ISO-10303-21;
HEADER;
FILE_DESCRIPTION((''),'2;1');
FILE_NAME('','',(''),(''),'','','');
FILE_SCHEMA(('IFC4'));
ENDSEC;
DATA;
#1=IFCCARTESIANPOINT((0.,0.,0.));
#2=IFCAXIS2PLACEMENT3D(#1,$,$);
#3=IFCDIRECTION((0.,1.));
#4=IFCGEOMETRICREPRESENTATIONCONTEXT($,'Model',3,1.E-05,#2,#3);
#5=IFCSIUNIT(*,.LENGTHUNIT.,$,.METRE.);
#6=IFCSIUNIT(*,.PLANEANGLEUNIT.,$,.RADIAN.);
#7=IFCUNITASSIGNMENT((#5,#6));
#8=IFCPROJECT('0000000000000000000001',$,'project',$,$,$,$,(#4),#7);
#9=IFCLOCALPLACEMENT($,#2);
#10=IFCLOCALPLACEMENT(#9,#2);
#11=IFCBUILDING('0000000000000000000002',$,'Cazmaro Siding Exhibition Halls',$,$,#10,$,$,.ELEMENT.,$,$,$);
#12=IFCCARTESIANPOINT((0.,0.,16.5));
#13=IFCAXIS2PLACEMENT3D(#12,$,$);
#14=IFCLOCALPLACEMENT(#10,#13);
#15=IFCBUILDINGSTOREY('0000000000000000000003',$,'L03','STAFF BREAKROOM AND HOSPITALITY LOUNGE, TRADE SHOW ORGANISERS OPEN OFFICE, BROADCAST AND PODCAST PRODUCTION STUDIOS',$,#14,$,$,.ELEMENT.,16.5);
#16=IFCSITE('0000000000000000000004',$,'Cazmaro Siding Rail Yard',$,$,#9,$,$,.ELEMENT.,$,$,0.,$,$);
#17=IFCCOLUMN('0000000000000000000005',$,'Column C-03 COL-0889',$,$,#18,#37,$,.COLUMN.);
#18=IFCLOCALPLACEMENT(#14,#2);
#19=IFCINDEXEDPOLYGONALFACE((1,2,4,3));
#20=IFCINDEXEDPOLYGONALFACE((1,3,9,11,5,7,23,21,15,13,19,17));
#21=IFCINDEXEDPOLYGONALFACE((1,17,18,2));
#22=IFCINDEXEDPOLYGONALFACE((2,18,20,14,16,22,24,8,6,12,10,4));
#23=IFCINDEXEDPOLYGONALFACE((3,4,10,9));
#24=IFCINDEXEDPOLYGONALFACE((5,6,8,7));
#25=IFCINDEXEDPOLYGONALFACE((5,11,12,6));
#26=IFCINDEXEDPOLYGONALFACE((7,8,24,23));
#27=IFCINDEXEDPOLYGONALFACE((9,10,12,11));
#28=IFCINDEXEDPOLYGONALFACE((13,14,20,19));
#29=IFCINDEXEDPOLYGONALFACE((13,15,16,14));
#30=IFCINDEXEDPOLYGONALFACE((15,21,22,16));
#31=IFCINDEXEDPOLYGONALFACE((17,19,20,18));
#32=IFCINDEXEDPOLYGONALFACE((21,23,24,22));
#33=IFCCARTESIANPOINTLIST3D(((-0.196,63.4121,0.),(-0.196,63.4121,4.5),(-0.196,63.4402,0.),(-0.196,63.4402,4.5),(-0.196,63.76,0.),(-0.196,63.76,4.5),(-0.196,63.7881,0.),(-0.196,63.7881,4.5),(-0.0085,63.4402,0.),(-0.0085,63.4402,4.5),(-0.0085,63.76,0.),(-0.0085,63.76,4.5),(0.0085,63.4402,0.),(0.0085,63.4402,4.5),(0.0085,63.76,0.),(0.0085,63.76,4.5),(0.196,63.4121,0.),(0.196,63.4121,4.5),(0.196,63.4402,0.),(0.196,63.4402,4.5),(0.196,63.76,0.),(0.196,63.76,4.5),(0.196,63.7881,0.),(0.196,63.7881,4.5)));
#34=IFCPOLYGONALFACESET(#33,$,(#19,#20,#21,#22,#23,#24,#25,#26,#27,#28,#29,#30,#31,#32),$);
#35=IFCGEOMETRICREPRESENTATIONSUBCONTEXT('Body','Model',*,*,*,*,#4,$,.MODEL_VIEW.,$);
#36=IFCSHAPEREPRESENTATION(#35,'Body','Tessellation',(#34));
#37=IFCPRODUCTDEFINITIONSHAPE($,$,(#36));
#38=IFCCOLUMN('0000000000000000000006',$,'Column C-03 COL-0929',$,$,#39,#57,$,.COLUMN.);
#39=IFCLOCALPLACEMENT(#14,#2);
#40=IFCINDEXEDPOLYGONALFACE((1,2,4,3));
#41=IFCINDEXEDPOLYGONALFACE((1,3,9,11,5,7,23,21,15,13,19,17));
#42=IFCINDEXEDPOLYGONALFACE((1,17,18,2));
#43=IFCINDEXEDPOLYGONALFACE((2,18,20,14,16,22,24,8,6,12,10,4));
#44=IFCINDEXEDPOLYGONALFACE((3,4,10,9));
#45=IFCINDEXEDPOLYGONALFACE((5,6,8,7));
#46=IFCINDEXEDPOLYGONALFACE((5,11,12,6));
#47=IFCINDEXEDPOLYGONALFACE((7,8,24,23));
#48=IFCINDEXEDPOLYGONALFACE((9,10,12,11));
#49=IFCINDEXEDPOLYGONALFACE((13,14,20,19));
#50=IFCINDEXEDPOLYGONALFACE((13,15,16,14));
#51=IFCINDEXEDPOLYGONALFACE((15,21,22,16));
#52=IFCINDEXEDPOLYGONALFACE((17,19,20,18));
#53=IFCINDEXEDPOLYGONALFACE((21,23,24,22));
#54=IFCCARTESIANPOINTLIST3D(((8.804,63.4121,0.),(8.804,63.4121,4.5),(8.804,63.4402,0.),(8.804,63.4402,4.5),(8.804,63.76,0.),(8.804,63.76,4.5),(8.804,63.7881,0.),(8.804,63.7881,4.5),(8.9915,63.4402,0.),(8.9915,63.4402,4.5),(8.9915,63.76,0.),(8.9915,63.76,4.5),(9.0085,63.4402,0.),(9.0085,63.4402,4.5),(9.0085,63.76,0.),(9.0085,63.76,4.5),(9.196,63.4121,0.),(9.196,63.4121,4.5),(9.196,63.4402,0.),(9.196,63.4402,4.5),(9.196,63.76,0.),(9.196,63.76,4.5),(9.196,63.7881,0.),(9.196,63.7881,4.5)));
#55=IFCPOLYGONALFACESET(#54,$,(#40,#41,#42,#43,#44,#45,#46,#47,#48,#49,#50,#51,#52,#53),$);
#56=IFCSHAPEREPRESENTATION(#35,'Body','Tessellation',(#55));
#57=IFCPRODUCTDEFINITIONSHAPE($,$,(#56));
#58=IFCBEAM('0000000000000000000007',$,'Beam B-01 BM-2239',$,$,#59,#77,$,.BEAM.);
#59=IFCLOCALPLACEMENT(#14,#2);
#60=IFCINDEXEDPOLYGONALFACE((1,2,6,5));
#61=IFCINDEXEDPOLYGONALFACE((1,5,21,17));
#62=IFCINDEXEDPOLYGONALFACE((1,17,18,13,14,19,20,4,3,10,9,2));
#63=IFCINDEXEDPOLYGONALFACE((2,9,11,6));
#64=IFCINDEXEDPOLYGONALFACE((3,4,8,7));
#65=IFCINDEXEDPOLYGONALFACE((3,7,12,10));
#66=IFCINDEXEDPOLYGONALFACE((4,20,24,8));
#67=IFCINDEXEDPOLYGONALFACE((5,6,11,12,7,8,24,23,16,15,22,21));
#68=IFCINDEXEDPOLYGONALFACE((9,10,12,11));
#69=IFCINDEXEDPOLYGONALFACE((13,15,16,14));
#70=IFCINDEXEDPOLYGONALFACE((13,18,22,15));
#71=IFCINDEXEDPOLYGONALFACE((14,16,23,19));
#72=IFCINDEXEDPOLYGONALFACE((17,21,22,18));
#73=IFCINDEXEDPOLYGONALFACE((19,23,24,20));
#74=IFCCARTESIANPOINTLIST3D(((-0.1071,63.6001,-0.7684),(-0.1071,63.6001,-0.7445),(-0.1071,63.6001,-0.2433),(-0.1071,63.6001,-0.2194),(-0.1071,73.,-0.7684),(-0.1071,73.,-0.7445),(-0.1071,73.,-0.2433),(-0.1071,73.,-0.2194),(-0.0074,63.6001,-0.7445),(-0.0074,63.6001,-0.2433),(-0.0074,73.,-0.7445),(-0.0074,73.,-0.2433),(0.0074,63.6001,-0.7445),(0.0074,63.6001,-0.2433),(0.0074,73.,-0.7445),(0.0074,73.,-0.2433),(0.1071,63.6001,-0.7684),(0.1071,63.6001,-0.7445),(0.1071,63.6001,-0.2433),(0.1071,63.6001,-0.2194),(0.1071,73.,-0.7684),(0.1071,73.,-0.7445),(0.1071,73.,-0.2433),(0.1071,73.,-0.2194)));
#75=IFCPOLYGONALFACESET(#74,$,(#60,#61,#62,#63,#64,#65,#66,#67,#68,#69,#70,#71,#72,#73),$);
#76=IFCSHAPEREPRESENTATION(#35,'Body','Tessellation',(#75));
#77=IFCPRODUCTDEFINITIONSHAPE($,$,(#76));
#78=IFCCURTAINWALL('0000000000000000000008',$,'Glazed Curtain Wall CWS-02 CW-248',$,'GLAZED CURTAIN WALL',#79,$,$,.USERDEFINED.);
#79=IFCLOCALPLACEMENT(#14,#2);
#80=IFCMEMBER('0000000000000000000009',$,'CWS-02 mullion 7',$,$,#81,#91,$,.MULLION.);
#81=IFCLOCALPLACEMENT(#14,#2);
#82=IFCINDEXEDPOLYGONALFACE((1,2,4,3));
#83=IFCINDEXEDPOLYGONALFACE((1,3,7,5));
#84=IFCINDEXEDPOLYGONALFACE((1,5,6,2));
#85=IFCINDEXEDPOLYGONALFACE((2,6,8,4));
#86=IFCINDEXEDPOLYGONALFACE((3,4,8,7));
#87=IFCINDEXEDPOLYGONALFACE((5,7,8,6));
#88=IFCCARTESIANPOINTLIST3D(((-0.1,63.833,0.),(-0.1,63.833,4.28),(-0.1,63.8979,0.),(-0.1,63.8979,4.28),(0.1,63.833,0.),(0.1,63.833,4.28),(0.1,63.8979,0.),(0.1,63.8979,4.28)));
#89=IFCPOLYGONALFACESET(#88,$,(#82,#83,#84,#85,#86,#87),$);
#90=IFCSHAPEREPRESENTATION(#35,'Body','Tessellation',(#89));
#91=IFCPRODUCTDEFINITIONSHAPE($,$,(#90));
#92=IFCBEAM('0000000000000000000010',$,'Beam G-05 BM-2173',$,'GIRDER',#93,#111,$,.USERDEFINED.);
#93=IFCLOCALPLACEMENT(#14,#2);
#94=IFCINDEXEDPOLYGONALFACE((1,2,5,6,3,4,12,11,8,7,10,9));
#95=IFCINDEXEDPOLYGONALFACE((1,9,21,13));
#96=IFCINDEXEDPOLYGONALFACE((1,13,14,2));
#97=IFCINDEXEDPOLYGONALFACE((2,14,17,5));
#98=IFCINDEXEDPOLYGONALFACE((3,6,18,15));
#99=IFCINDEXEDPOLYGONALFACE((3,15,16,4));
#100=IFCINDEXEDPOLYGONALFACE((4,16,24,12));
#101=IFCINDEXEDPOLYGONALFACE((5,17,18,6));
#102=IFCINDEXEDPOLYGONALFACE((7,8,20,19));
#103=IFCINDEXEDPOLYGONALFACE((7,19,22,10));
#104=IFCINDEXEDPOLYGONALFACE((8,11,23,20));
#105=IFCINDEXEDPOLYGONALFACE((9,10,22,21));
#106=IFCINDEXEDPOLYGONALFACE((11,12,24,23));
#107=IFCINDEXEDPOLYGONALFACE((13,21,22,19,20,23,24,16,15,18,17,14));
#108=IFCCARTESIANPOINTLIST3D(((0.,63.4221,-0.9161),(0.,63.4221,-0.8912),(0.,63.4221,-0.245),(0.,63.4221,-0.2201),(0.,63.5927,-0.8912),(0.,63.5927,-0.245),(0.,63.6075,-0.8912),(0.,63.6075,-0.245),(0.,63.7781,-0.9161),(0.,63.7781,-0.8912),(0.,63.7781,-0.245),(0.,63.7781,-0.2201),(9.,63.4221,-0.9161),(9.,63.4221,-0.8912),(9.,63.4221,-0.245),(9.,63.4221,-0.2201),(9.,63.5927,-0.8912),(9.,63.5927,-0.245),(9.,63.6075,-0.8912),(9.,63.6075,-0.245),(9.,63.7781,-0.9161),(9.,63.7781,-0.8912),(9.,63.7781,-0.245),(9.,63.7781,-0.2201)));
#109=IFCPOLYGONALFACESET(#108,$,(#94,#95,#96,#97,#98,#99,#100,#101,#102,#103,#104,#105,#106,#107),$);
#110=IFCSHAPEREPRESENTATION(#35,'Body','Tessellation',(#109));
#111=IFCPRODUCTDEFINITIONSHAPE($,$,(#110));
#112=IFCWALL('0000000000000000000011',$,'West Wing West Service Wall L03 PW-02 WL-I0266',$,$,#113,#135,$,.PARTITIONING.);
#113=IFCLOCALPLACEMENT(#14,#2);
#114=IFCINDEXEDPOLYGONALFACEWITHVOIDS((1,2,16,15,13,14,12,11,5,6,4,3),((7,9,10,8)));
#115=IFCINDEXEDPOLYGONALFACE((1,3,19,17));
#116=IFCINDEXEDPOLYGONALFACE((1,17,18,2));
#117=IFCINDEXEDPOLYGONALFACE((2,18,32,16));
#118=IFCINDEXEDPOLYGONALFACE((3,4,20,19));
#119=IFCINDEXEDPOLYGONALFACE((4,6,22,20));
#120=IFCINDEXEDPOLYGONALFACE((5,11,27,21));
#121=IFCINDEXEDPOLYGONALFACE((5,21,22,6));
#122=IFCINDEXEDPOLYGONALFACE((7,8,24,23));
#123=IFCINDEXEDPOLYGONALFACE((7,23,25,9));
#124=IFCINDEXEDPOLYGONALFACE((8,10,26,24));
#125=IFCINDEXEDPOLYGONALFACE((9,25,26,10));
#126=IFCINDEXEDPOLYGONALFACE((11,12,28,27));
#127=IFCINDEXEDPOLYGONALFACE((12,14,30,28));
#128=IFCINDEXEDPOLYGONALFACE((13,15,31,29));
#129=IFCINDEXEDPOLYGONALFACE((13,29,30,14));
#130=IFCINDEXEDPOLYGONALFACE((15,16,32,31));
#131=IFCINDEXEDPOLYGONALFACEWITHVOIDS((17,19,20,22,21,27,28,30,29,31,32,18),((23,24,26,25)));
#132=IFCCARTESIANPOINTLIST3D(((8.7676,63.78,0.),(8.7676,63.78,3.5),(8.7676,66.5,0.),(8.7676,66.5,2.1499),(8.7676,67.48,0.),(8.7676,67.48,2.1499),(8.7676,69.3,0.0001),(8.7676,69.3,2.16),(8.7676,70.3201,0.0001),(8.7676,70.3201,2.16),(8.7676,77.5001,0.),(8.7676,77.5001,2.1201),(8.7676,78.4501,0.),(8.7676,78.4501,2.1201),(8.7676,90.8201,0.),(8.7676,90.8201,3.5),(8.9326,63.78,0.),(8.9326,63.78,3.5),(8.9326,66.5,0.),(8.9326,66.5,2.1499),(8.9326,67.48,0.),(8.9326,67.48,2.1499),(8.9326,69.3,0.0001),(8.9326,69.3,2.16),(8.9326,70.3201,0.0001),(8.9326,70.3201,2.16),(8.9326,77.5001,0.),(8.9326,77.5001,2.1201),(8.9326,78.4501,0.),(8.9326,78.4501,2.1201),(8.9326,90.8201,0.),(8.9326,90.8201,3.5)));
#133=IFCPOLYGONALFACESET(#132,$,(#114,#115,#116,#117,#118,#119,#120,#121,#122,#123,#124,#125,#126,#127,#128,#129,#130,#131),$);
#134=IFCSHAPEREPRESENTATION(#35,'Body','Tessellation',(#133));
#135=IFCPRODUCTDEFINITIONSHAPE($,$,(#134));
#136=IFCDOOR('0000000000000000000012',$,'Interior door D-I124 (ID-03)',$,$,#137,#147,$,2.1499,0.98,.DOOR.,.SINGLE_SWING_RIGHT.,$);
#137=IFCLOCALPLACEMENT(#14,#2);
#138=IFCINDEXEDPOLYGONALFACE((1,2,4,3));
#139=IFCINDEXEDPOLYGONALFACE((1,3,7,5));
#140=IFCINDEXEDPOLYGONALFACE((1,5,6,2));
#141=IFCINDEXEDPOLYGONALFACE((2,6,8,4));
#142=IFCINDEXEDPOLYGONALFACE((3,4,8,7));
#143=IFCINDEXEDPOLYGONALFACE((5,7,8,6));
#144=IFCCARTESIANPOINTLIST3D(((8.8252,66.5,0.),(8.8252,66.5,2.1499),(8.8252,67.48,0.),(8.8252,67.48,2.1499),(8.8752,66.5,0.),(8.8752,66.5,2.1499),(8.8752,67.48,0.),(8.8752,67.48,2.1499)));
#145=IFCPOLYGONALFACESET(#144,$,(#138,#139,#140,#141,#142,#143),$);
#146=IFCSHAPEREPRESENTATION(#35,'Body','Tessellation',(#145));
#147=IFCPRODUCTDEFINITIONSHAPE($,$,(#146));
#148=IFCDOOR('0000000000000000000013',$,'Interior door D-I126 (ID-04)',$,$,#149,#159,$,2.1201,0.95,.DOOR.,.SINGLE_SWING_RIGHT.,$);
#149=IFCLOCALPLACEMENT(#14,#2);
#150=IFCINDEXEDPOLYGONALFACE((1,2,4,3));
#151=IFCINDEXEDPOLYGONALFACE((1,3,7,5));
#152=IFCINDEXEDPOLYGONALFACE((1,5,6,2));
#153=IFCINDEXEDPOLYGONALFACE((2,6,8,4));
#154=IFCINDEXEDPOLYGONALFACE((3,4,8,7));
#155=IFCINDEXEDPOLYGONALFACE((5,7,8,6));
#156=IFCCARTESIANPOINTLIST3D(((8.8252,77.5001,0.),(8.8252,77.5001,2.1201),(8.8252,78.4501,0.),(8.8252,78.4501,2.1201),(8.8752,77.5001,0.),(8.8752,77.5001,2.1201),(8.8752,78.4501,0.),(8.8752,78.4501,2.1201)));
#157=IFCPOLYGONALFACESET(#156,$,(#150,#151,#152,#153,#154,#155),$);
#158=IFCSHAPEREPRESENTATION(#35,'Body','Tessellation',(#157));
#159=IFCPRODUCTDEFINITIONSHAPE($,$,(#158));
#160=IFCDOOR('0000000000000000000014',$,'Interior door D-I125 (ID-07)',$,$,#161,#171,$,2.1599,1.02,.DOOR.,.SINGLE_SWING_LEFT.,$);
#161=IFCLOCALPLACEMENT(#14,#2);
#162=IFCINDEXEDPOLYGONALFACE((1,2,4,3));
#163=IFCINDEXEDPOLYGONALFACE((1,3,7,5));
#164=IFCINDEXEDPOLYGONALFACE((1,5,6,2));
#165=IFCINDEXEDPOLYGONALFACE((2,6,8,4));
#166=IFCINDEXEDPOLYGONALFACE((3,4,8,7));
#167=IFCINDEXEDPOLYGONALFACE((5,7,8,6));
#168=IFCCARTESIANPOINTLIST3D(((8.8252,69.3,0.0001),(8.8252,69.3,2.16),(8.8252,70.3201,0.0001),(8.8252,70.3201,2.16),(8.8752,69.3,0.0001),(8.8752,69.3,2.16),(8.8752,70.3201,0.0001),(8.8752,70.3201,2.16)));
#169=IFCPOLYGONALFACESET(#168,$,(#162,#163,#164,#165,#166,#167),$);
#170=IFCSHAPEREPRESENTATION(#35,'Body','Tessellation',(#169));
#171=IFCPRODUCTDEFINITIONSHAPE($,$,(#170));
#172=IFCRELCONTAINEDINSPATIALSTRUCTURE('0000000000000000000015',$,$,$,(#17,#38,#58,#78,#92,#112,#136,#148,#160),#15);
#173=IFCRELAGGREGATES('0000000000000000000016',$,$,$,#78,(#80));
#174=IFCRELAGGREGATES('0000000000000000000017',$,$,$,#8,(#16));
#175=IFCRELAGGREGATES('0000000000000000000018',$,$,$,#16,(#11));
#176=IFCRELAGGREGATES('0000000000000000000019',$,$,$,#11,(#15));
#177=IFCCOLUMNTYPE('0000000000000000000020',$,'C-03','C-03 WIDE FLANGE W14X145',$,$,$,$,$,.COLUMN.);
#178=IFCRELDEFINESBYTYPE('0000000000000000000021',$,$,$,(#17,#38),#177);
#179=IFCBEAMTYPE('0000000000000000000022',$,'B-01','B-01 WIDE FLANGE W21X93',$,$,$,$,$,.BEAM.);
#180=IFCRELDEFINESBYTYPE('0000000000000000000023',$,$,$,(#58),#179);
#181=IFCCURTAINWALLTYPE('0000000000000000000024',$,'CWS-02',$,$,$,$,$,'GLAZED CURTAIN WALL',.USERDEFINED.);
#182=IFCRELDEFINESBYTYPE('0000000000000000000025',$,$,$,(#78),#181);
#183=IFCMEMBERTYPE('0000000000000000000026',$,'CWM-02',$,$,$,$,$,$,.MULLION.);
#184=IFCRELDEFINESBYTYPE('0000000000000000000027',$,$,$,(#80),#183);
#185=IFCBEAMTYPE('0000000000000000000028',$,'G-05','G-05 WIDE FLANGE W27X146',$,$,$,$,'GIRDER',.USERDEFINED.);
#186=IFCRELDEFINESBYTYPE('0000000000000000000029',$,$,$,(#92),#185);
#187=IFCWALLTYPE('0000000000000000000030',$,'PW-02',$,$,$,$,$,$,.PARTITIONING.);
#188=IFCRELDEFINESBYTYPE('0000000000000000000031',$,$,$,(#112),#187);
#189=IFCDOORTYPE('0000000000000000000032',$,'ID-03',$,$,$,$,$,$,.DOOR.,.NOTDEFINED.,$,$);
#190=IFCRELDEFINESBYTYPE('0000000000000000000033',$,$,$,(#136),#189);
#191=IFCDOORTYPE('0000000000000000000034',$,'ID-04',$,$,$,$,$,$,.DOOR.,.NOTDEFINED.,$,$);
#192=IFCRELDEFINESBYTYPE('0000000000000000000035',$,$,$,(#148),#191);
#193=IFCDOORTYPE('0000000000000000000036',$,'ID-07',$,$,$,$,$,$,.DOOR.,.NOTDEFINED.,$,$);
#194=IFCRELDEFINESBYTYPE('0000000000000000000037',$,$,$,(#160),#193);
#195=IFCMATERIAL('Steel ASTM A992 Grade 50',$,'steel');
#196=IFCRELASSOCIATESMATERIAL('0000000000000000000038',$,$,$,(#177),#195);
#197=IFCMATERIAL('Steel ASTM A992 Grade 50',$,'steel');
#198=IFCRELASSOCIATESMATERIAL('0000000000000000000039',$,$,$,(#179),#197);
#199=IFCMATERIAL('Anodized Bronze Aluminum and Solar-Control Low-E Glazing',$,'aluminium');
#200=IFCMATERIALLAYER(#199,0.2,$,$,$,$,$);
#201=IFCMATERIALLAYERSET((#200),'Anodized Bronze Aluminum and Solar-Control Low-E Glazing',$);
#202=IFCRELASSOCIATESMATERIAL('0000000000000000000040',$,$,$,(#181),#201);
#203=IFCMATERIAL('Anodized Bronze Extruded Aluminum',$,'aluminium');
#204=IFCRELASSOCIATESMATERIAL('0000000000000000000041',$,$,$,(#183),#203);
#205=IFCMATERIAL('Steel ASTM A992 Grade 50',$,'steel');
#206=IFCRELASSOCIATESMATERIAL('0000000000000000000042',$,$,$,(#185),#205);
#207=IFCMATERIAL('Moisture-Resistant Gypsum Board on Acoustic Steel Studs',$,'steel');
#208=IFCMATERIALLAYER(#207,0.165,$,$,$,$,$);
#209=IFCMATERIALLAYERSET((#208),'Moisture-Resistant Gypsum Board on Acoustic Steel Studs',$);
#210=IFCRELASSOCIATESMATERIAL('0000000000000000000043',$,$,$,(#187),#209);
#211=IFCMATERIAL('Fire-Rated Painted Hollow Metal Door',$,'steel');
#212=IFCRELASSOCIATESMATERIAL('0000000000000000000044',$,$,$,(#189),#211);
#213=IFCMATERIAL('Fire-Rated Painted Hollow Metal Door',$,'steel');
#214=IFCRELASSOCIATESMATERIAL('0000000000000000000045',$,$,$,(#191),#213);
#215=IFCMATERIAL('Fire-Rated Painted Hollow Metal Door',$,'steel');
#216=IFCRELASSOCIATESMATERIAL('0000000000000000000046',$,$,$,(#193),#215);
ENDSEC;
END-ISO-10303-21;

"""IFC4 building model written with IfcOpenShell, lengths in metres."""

from ifc_helpers import new_model, si_unit, direction, frame, frame_2d, origin, origin_2d, place, context, subcontext, project, spatial, rectangle, i_section, extrude, material, layer, layer_set, material_profile, profile_set, type_object, element, fill, aggregate, save


model = new_model("IFC4")

# Units and contexts
model_context = context("Model", 3, precision=1e-05, world=origin(), true_north=direction((0.0, 1.0)))
body_context = subcontext(model_context, "Body", "Model", "MODEL_VIEW")
ifc_project = project(units=[si_unit("LENGTHUNIT", "METRE"), si_unit("PLANEANGLEUNIT", "RADIAN")], contexts=[model_context])

# Site, building, storey
site_placement = place(None, origin())
site = spatial("IfcSite", under=ifc_project, at=site_placement, Name="Cazmaro Siding Rail Yard", CompositionType="ELEMENT", RefElevation=0.0)
building_placement = place(site_placement, origin())
building = spatial("IfcBuilding", under=site, at=building_placement, Name="Cazmaro Siding Exhibition Halls", CompositionType="ELEMENT")
storey_placement = place(building_placement, frame((0.0, 0.0, 16.5)))
storey = spatial("IfcBuildingStorey", under=building, at=storey_placement, Name="L03", Description="STAFF BREAKROOM AND HOSPITALITY LOUNGE, TRADE SHOW ORGANISERS OPEN OFFICE, BROADCAST AND PODCAST PRODUCTION STUDIOS", CompositionType="ELEMENT", Elevation=16.5)

# Columns
ifc_material_1 = material(Name="Steel ASTM A992 Grade 50", Category="steel")
ifc_material_profile_1 = material_profile(ifc_material_1, i_section(OverallWidth=0.3921, OverallDepth=0.376, WebThickness=0.0171, FlangeThickness=0.0281, at=origin_2d()), Name="W14X145")
ifc_profile_set_1 = profile_set([ifc_material_profile_1], Name="Steel ASTM A992 Grade 50")
column_type = type_object("IfcColumnType", Name="C-03", Description="C-03 WIDE FLANGE W14X145", PredefinedType="COLUMN", material=ifc_profile_set_1)
for number, where, z_axis, x_axis, name in (
    (1, (0.0, 63.6001, 0.0), (0.0, 0.0, 1.0), (1.0, 0.0, 0.0), "Column C-03 COL-0889"),
    (2, (9.0, 63.6001, 0.0), (0.0, 0.0, 1.0), (1.0, 0.0, 0.0), "Column C-03 COL-0929"),
):
    element("IfcColumn", number, at=place(storey_placement, frame(where, z_axis=z_axis, x_axis=x_axis)), inside=storey, type_object=column_type, Name=name, PredefinedType="COLUMN", context=body_context, shape_type="SweptSolid", body=[
        extrude(i_section(OverallWidth=0.3921, OverallDepth=0.376, WebThickness=0.0171, FlangeThickness=0.0281, at=origin_2d()), origin(), (0.0, 0.0, 1.0), 4.5),
    ])

# Beam
ifc_material_2 = material(Name="Steel ASTM A992 Grade 50", Category="steel")
ifc_material_profile_2 = material_profile(ifc_material_2, i_section(OverallWidth=0.2141, OverallDepth=0.5491, WebThickness=0.0149, FlangeThickness=0.0239, at=origin_2d()), Name="W21X93")
ifc_profile_set_2 = profile_set([ifc_material_profile_2], Name="Steel ASTM A992 Grade 50")
beam_type_1 = type_object("IfcBeamType", Name="B-01", Description="B-01 WIDE FLANGE W21X93", PredefinedType="BEAM", material=ifc_profile_set_2)
beam_1_placement = place(storey_placement, frame((0.0, 63.6001, -0.4939), z_axis=(0.0, 1.0, 0.0), x_axis=(-1.0, 0.0, 0.0)))
element("IfcBeam", 3, at=beam_1_placement, inside=storey, type_object=beam_type_1, Name="Beam B-01 BM-2239", PredefinedType="BEAM", context=body_context, shape_type="SweptSolid", body=[
    extrude(i_section(OverallWidth=0.2141, OverallDepth=0.5491, WebThickness=0.0149, FlangeThickness=0.0239, at=origin_2d()), origin(), (0.0, 0.0, 1.0), 9.3999),
])

# Curtain wall, member
ifc_material_3 = material(Name="Anodized Bronze Aluminum and Solar-Control Low-E Glazing", Category="aluminium")
ifc_layer_1 = layer(ifc_material_3, 0.2)
ifc_layer_set_1 = layer_set([ifc_layer_1], Name="Anodized Bronze Aluminum and Solar-Control Low-E Glazing")
curtain_wall_type = type_object("IfcCurtainWallType", Name="CWS-02", ElementType="GLAZED CURTAIN WALL", PredefinedType="USERDEFINED", material=ifc_layer_set_1)
curtain_wall_placement = place(storey_placement, origin())
curtain_wall = element("IfcCurtainWall", 4, at=curtain_wall_placement, inside=storey, type_object=curtain_wall_type, Name="Glazed Curtain Wall CWS-02 CW-248", ObjectType="GLAZED CURTAIN WALL", PredefinedType="USERDEFINED")
ifc_material_4 = material(Name="Anodized Bronze Extruded Aluminum", Category="aluminium")
ifc_material_profile_3 = material_profile(ifc_material_4, rectangle(XDim=0.2, YDim=0.0649, at=origin_2d()), Name="CWM-02")
ifc_profile_set_3 = profile_set([ifc_material_profile_3], Name="Anodized Bronze Extruded Aluminum")
member_type = type_object("IfcMemberType", Name="CWM-02", PredefinedType="MULLION", material=ifc_profile_set_3)
member_placement = place(storey_placement, frame((0.0, 63.8655, 0.0), z_axis=(0.0, 0.0, 1.0), x_axis=(1.0, 0.0, 0.0)))
member = element("IfcMember", 5, at=member_placement, type_object=member_type, Name="CWS-02 mullion 7", PredefinedType="MULLION", context=body_context, shape_type="SweptSolid", body=[
    extrude(rectangle(XDim=0.2, YDim=0.0649, at=origin_2d()), origin(), (0.0, 0.0, 1.0), 4.28),
])
aggregate(curtain_wall, [member])

# Beam
ifc_material_5 = material(Name="Steel ASTM A992 Grade 50", Category="steel")
ifc_material_profile_4 = material_profile(ifc_material_5, i_section(OverallWidth=0.356, OverallDepth=0.696, WebThickness=0.0149, FlangeThickness=0.0249, at=origin_2d()), Name="W27X146")
ifc_profile_set_4 = profile_set([ifc_material_profile_4], Name="Steel ASTM A992 Grade 50")
beam_type_2 = type_object("IfcBeamType", Name="G-05", Description="G-05 WIDE FLANGE W27X146", ElementType="GIRDER", PredefinedType="USERDEFINED", material=ifc_profile_set_4)
beam_2_placement = place(storey_placement, frame((0.0, 63.6001, -0.5681), z_axis=(1.0, 0.0, 0.0), x_axis=(0.0, 1.0, 0.0)))
element("IfcBeam", 6, at=beam_2_placement, inside=storey, type_object=beam_type_2, Name="Beam G-05 BM-2173", ObjectType="GIRDER", PredefinedType="USERDEFINED", context=body_context, shape_type="SweptSolid", body=[
    extrude(i_section(OverallWidth=0.356, OverallDepth=0.696, WebThickness=0.0149, FlangeThickness=0.0249, at=origin_2d()), origin(), (0.0, 0.0, 1.0), 9.0),
])

# Wall, openings, doors
ifc_material_6 = material(Name="Moisture-Resistant Gypsum Board on Acoustic Steel Studs", Category="steel")
ifc_layer_2 = layer(ifc_material_6, 0.165)
ifc_layer_set_2 = layer_set([ifc_layer_2], Name="Moisture-Resistant Gypsum Board on Acoustic Steel Studs")
wall_type_1 = type_object("IfcWallType", Name="PW-02", PredefinedType="PARTITIONING", material=ifc_layer_set_2)
wall_1_placement = place(storey_placement, frame((8.8501, 63.78, 0.0), z_axis=(0.0, 0.0, 1.0), x_axis=(0.0, 1.0, 0.0)))
wall_1 = element("IfcWall", 7, at=wall_1_placement, inside=storey, type_object=wall_type_1, Name="West Wing West Service Wall L03 PW-02 WL-I0266", PredefinedType="PARTITIONING", context=body_context, shape_type="SweptSolid", body=[
    extrude(rectangle(XDim=27.04, YDim=0.165, at=frame_2d((13.52, 0.0))), origin(), (0.0, 0.0, 1.0), 3.5),
])
opening_1_placement = place(wall_1_placement, frame((2.72, 0.0, 0.0)))
opening_1 = element("IfcOpeningElement", 8, at=opening_1_placement, cuts=wall_1, PredefinedType="OPENING", context=body_context, shape_type="SweptSolid", body=[
    extrude(rectangle(XDim=0.98, YDim=2.1499, at=frame_2d((0.49, 1.075))), frame((0.0, 0.0925, 0.0), z_axis=(0.0, -1.0, 0.0), x_axis=(1.0, 0.0, 0.0)), (0.0, 0.0, 1.0), 0.1851),
])
opening_2_placement = place(wall_1_placement, frame((5.52, 0.0, 0.0)))
opening_2 = element("IfcOpeningElement", 9, at=opening_2_placement, cuts=wall_1, PredefinedType="OPENING", context=body_context, shape_type="SweptSolid", body=[
    extrude(rectangle(XDim=1.02, YDim=2.1599, at=frame_2d((0.51, 1.0801))), frame((0.0, 0.0925, 0.0), z_axis=(0.0, -1.0, 0.0), x_axis=(1.0, 0.0, 0.0)), (0.0, 0.0, 1.0), 0.1851),
])
opening_3_placement = place(wall_1_placement, frame((13.72, 0.0, 0.0)))
opening_3 = element("IfcOpeningElement", 10, at=opening_3_placement, cuts=wall_1, PredefinedType="OPENING", context=body_context, shape_type="SweptSolid", body=[
    extrude(rectangle(XDim=0.95, YDim=2.1201, at=frame_2d((0.4751, 1.0601))), frame((0.0, 0.0925, 0.0), z_axis=(0.0, -1.0, 0.0), x_axis=(1.0, 0.0, 0.0)), (0.0, 0.0, 1.0), 0.1851),
])
ifc_material_7 = material(Name="Fire-Rated Painted Hollow Metal Door", Category="steel")
door_type_1 = type_object("IfcDoorType", Name="ID-03", OperationType="NOTDEFINED", PredefinedType="DOOR", material=ifc_material_7)
door_1_placement = place(opening_1_placement, origin())
door_1 = element("IfcDoor", 11, at=door_1_placement, inside=storey, type_object=door_type_1, Name="Interior door D-I124 (ID-03)", OperationType="SINGLE_SWING_RIGHT", OverallHeight=2.1499, OverallWidth=0.98, PredefinedType="DOOR", context=body_context, shape_type="SweptSolid", body=[
    extrude(rectangle(XDim=0.98, YDim=2.1499, at=frame_2d((0.49, 1.075))), frame((0.0, 0.0249, 0.0), z_axis=(0.0, -1.0, 0.0), x_axis=(1.0, 0.0, 0.0)), (0.0, 0.0, 1.0), 0.05),
])
fill(opening_1, door_1)
ifc_material_8 = material(Name="Fire-Rated Painted Hollow Metal Door", Category="steel")
door_type_2 = type_object("IfcDoorType", Name="ID-04", OperationType="NOTDEFINED", PredefinedType="DOOR", material=ifc_material_8)
door_2_placement = place(opening_3_placement, origin())
door_2 = element("IfcDoor", 12, at=door_2_placement, inside=storey, type_object=door_type_2, Name="Interior door D-I126 (ID-04)", OperationType="SINGLE_SWING_RIGHT", OverallHeight=2.1201, OverallWidth=0.95, PredefinedType="DOOR", context=body_context, shape_type="SweptSolid", body=[
    extrude(rectangle(XDim=0.95, YDim=2.1201, at=frame_2d((0.4751, 1.0601))), frame((0.0, 0.0249, 0.0), z_axis=(0.0, -1.0, 0.0), x_axis=(1.0, 0.0, 0.0)), (0.0, 0.0, 1.0), 0.05),
])
fill(opening_3, door_2)
ifc_material_9 = material(Name="Fire-Rated Painted Hollow Metal Door", Category="steel")
door_type_3 = type_object("IfcDoorType", Name="ID-07", OperationType="NOTDEFINED", PredefinedType="DOOR", material=ifc_material_9)
door_3_placement = place(opening_2_placement, origin())
door_3 = element("IfcDoor", 13, at=door_3_placement, inside=storey, type_object=door_type_3, Name="Interior door D-I125 (ID-07)", OperationType="SINGLE_SWING_LEFT", OverallHeight=2.1599, OverallWidth=1.02, PredefinedType="DOOR", context=body_context, shape_type="SweptSolid", body=[
    extrude(rectangle(XDim=1.02, YDim=2.1599, at=frame_2d((0.51, 1.0801))), frame((0.0, 0.0249, 0.0), z_axis=(0.0, -1.0, 0.0), x_axis=(1.0, 0.0, 0.0)), (0.0, 0.0, 1.0), 0.05),
])
fill(opening_2, door_3)

save(model, "model.ifc")
